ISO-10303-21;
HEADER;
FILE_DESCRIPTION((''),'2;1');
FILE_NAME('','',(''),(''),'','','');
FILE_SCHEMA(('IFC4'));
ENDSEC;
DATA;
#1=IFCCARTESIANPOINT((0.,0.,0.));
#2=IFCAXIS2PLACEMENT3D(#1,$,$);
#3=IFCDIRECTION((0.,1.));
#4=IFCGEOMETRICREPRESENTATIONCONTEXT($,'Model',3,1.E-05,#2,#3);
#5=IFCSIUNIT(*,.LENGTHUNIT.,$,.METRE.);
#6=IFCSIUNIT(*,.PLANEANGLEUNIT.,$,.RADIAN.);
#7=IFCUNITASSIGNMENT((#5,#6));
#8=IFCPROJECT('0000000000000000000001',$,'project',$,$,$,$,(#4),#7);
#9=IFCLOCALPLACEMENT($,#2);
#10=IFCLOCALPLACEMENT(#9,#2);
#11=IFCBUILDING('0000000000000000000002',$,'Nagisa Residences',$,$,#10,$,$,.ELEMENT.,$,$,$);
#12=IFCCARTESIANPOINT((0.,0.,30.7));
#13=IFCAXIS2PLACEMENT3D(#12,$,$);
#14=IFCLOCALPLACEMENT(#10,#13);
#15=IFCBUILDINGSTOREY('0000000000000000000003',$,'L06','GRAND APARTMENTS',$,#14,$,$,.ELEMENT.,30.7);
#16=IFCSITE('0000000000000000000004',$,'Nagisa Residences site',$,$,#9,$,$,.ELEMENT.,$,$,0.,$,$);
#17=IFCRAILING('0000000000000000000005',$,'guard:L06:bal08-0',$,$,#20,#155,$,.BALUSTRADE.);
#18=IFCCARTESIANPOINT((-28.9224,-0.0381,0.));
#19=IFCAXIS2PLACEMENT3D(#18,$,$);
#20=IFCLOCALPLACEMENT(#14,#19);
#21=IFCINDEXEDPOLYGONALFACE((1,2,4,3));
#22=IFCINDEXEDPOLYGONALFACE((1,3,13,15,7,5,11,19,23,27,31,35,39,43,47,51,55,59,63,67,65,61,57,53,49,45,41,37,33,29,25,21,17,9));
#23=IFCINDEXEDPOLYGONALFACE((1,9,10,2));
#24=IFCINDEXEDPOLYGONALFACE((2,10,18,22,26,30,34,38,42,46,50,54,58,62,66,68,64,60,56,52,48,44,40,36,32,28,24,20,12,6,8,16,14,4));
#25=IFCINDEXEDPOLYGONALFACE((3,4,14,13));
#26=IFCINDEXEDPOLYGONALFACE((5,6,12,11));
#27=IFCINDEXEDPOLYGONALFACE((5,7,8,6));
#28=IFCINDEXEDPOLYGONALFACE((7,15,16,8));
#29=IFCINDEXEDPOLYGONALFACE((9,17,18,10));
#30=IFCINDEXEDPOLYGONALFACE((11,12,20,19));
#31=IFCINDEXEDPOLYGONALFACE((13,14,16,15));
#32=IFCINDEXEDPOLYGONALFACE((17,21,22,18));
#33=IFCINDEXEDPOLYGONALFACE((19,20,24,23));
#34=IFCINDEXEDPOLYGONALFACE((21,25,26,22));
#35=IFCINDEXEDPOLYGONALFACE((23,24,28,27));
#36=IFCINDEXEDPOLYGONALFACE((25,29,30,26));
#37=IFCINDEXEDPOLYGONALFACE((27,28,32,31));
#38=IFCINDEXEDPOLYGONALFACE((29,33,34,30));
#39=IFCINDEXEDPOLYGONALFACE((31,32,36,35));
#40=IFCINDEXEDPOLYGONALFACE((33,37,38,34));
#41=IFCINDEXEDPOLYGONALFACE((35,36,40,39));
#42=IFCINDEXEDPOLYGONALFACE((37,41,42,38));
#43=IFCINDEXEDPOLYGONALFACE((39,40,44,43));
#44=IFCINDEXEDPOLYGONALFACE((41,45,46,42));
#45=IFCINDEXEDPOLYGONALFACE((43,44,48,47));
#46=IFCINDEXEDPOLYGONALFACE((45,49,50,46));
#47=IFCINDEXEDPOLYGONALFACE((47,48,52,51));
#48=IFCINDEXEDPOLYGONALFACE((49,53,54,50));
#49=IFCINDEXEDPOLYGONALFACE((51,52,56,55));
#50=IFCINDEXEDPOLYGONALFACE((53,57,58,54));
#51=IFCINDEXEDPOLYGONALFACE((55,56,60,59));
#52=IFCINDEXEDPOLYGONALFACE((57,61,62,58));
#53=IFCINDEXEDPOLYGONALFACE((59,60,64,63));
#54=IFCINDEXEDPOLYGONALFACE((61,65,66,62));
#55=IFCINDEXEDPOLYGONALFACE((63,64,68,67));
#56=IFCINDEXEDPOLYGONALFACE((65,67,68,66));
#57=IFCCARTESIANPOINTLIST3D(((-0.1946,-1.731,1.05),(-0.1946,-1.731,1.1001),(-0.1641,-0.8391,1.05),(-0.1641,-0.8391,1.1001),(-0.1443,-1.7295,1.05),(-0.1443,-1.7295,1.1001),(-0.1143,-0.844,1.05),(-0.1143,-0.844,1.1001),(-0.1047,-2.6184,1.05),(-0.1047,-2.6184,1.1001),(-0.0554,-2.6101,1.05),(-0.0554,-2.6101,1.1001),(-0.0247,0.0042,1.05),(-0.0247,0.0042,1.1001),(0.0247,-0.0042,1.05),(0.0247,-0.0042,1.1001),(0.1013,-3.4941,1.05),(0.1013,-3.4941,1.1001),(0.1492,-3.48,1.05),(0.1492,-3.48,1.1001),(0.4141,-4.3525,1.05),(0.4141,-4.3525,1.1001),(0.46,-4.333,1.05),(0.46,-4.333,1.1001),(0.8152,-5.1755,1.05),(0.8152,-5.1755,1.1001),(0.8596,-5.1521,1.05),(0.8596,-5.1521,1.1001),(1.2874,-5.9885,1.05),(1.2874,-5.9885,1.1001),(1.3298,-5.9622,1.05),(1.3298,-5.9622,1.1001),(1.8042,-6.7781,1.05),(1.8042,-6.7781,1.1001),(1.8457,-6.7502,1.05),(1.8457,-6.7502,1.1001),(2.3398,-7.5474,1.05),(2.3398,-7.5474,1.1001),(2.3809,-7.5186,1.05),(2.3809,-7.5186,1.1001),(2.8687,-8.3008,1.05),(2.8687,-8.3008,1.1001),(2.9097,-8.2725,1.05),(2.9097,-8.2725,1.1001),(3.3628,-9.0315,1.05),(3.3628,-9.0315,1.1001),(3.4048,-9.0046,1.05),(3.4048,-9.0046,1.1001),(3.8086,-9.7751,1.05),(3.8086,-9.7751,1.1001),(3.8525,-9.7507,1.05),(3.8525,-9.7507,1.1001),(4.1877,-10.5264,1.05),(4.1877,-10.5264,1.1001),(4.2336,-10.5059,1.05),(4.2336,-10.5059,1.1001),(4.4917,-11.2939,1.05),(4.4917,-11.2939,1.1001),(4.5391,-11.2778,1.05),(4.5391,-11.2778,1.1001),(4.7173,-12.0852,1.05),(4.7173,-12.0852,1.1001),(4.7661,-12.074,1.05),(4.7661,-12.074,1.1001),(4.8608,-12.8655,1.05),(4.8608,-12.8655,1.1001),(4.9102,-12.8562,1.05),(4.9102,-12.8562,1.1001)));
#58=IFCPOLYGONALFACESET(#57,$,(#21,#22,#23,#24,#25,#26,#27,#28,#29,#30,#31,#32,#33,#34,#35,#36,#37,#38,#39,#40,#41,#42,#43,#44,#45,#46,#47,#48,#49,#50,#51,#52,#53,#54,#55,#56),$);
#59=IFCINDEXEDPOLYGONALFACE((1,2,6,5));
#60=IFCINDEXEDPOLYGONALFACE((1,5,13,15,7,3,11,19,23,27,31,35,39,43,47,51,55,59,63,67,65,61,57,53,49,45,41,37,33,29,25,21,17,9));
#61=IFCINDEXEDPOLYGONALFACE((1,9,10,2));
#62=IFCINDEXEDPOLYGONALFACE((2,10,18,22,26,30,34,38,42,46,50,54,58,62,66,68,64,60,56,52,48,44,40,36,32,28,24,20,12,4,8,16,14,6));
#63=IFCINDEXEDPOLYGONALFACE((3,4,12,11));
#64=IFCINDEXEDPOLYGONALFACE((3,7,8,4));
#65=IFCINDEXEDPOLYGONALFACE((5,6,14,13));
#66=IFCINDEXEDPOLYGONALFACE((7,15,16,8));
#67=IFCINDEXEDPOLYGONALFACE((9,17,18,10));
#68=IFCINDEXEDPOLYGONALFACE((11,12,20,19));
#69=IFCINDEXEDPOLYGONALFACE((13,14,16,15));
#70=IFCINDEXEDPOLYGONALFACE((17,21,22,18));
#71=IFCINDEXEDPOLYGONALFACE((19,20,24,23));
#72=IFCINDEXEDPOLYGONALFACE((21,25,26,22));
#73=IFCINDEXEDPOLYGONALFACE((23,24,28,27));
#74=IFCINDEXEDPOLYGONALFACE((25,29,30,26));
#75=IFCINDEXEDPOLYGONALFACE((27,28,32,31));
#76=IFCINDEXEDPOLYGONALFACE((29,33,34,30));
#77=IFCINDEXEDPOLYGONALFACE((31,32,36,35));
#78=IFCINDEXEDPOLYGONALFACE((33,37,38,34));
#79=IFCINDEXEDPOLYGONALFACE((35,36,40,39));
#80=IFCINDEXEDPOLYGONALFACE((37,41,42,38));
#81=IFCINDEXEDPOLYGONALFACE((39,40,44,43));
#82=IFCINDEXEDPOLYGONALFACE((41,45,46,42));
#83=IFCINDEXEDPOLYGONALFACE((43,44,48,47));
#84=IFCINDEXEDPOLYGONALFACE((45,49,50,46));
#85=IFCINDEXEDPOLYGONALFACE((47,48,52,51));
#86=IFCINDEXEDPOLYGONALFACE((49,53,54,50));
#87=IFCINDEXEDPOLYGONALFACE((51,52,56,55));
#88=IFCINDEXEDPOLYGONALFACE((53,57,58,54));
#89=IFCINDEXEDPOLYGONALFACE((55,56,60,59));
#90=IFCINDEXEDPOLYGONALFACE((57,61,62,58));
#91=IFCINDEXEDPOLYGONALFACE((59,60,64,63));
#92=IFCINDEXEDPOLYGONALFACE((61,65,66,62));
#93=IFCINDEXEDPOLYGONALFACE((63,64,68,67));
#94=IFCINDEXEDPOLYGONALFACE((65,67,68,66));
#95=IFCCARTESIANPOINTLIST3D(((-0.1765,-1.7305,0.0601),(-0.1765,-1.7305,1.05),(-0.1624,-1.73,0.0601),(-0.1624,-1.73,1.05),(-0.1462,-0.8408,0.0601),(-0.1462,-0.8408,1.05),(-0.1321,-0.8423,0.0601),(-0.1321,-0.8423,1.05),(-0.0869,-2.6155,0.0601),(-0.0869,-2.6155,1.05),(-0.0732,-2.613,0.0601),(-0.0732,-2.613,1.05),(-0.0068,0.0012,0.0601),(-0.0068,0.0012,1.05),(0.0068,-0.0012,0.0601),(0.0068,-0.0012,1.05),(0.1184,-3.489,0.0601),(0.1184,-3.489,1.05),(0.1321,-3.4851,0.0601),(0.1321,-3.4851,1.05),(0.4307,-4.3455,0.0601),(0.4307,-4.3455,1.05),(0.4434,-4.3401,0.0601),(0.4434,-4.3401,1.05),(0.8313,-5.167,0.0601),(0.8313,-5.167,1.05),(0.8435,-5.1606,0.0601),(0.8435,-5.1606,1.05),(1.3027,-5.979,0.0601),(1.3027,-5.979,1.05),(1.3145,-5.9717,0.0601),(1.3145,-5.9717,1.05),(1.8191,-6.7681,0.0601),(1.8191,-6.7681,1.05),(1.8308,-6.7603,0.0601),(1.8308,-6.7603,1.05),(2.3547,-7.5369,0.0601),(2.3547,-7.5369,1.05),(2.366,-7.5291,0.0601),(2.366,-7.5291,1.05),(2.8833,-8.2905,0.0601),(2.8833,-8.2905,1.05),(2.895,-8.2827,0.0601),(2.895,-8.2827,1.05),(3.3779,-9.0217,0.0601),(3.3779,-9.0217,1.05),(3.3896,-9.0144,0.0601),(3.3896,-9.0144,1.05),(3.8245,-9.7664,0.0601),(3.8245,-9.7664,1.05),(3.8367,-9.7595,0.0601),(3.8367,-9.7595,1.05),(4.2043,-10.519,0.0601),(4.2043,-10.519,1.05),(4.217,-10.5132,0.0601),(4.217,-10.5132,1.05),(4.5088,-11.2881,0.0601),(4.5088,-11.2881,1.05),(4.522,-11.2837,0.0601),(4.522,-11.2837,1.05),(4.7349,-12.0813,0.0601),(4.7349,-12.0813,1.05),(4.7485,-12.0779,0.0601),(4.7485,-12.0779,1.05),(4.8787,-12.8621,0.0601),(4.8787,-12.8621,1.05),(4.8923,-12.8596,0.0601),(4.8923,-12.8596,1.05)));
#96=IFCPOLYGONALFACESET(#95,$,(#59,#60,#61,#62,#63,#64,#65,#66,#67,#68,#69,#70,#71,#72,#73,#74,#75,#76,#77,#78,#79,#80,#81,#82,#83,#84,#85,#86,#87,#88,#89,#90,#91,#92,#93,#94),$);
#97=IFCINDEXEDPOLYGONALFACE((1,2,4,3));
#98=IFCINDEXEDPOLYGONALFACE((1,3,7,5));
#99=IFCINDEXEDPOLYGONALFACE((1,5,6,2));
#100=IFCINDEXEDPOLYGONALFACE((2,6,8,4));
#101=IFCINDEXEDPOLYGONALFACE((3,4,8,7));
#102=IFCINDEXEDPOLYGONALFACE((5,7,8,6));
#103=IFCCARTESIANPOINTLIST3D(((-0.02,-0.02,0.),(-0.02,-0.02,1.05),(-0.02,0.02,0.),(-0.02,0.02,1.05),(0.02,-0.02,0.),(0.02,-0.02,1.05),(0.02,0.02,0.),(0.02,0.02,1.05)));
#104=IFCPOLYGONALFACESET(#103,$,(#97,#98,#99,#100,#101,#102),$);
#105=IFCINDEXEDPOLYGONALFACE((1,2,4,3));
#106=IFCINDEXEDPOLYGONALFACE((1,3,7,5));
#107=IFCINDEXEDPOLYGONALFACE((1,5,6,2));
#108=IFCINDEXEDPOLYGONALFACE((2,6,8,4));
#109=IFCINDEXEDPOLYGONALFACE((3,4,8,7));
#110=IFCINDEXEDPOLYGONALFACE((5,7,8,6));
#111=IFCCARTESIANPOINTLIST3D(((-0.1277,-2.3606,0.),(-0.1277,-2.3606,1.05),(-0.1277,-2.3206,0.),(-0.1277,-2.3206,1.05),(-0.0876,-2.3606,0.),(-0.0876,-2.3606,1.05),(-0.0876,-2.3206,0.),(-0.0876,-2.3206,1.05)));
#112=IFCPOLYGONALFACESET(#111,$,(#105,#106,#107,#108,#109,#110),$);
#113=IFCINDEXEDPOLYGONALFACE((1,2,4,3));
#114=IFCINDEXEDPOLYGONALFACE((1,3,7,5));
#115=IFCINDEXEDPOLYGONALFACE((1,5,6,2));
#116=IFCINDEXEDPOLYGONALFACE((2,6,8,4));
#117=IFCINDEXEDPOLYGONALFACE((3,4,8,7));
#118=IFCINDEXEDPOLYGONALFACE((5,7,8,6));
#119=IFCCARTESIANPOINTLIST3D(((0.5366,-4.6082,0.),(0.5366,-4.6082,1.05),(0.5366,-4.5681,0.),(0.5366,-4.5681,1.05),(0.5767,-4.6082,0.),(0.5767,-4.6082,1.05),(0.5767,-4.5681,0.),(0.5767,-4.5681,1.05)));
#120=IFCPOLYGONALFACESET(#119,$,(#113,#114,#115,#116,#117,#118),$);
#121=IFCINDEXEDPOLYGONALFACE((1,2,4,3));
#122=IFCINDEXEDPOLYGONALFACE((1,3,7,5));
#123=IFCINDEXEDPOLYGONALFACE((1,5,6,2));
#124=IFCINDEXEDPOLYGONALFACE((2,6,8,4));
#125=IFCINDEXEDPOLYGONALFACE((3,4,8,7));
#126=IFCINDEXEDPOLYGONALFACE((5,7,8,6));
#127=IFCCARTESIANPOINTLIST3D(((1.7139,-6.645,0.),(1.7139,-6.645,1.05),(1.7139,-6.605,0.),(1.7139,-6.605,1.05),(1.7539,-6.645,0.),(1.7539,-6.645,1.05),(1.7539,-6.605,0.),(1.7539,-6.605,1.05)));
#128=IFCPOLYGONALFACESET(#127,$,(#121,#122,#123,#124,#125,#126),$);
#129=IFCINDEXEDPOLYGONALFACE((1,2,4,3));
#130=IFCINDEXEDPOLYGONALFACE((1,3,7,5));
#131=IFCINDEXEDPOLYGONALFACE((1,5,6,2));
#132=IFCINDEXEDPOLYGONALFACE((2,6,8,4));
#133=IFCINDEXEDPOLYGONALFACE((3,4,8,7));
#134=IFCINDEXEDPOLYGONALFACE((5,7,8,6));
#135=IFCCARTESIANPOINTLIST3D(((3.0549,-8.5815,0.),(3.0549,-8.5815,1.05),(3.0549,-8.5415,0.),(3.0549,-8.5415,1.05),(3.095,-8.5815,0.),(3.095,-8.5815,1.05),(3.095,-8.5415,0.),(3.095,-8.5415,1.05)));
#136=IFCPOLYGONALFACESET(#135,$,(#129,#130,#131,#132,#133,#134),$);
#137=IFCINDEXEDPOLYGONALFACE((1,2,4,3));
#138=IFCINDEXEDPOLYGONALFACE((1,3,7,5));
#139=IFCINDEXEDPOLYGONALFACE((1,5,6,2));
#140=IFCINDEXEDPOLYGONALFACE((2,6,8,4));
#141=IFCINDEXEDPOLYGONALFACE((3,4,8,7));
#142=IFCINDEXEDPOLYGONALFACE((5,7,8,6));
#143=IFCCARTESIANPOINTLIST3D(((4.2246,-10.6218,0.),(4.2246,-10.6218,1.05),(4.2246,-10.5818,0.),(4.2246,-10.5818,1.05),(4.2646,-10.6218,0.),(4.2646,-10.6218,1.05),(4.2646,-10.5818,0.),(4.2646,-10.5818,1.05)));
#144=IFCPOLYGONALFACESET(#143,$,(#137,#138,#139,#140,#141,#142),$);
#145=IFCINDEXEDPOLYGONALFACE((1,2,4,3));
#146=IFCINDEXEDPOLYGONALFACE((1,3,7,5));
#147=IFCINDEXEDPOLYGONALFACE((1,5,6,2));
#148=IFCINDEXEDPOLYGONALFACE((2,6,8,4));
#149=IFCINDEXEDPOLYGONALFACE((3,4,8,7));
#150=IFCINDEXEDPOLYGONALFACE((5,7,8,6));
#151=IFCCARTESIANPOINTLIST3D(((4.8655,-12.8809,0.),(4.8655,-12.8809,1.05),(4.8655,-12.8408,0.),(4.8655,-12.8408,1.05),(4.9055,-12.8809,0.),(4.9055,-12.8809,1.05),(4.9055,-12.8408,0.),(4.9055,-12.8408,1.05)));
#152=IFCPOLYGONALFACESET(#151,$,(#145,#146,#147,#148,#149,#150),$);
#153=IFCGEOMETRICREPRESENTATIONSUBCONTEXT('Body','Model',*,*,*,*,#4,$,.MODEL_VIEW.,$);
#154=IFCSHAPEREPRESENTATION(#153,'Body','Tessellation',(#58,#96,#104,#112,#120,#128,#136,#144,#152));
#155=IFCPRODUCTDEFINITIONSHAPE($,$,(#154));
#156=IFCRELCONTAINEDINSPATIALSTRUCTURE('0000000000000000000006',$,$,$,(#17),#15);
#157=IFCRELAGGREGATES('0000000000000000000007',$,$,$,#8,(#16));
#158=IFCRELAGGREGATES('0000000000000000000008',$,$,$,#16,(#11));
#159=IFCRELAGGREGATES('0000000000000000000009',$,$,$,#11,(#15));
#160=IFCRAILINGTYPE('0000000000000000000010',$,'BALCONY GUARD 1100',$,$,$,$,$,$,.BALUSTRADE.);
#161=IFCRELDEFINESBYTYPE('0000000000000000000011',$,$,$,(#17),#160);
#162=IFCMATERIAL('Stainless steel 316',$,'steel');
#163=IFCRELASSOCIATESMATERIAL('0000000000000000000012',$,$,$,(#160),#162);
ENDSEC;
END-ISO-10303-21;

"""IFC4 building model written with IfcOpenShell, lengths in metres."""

from ifc_helpers import new_model, si_unit, direction, frame, origin, origin_2d, place, context, subcontext, project, spatial, polyline, rectangle, outline, extrude, material, type_object, element, save


model = new_model("IFC4")

# Units and contexts
model_context = context("Model", 3, precision=1e-05, world=origin(), true_north=direction((0.0, 1.0)))
body_context = subcontext(model_context, "Body", "Model", "MODEL_VIEW")
ifc_project = project(units=[si_unit("LENGTHUNIT", "METRE"), si_unit("PLANEANGLEUNIT", "RADIAN")], contexts=[model_context])

# Site, building, storey
site_placement = place(None, origin())
site = spatial("IfcSite", under=ifc_project, at=site_placement, Name="Nagisa Residences site", CompositionType="ELEMENT", RefElevation=0.0)
building_placement = place(site_placement, origin())
building = spatial("IfcBuilding", under=site, at=building_placement, Name="Nagisa Residences", CompositionType="ELEMENT")
storey_placement = place(building_placement, frame((0.0, 0.0, 30.7)))
storey = spatial("IfcBuildingStorey", under=building, at=storey_placement, Name="L06", Description="GRAND APARTMENTS", CompositionType="ELEMENT", Elevation=30.7)

# Railing
ifc_material_1 = material(Name="Stainless steel 316", Category="steel")
railing_type = type_object("IfcRailingType", Name="BALCONY GUARD 1100", PredefinedType="BALUSTRADE", material=ifc_material_1)
railing_placement = place(storey_placement, frame((-28.9224, -0.0381, 0.0)))
element("IfcRailing", 1, at=railing_placement, inside=storey, type_object=railing_type, Name="guard:L06:bal08-0", PredefinedType="BALUSTRADE", context=body_context, shape_type="SweptSolid", body=[
    extrude(outline(polyline([(-0.1143, -0.844), (0.0247, -0.0042), (-0.0247, 0.0042), (-0.1641, -0.8391), (-0.1946, -1.731), (-0.1047, -2.6184), (0.1013, -3.4941), (0.4141, -4.3525), (0.8152, -5.1755), (1.2874, -5.9885), (1.8042, -6.7781), (2.3398, -7.5474), (2.8687, -8.3008), (3.3628, -9.0315), (3.8086, -9.7751), (4.1877, -10.5264), (4.4917, -11.2939), (4.7173, -12.0852), (4.8608, -12.8655), (4.9102, -12.8562), (4.7661, -12.074), (4.5391, -11.2778), (4.2336, -10.5059), (3.8525, -9.7507), (3.4048, -9.0046), (2.9097, -8.2725), (2.3809, -7.5186), (1.8457, -6.7502), (1.3298, -5.9622), (0.8596, -5.1521), (0.46, -4.333), (0.1492, -3.48), (-0.0554, -2.6101), (-0.1443, -1.7295), (-0.1143, -0.844)])), frame((0.0, 0.0, 1.05)), (0.0, 0.0, 1.0), 0.05),
    extrude(outline(polyline([(-0.1321, -0.8423), (0.0068, -0.0012), (-0.0068, 0.0012), (-0.1462, -0.8408), (-0.1765, -1.7305), (-0.0869, -2.6155), (0.1184, -3.489), (0.4307, -4.3455), (0.8313, -5.167), (1.3027, -5.979), (1.8191, -6.7681), (2.3547, -7.5369), (2.8833, -8.2905), (3.3779, -9.0217), (3.8245, -9.7664), (4.2043, -10.519), (4.5088, -11.2881), (4.7349, -12.0813), (4.8787, -12.8621), (4.8923, -12.8596), (4.7485, -12.0779), (4.522, -11.2837), (4.217, -10.5132), (3.8367, -9.7595), (3.3896, -9.0144), (2.895, -8.2827), (2.366, -7.5291), (1.8308, -6.7603), (1.3145, -5.9717), (0.8435, -5.1606), (0.4434, -4.3401), (0.1321, -3.4851), (-0.0732, -2.613), (-0.1624, -1.73), (-0.1321, -0.8423)])), frame((0.0, 0.0, 0.0601)), (0.0, 0.0, 1.0), 0.99),
    extrude(rectangle(XDim=0.04, YDim=0.04, at=origin_2d()), origin(), (0.0, 0.0, 1.0), 1.05),
    extrude(rectangle(XDim=0.04, YDim=0.04, at=origin_2d()), frame((-0.1077, -2.3406, 0.0)), (0.0, 0.0, 1.0), 1.05),
    extrude(rectangle(XDim=0.04, YDim=0.04, at=origin_2d()), frame((0.5566, -4.5881, 0.0)), (0.0, 0.0, 1.0), 1.05),
    extrude(rectangle(XDim=0.04, YDim=0.04, at=origin_2d()), frame((1.7339, -6.625, 0.0)), (0.0, 0.0, 1.0), 1.05),
    extrude(rectangle(XDim=0.04, YDim=0.04, at=origin_2d()), frame((3.075, -8.5615, 0.0)), (0.0, 0.0, 1.0), 1.05),
    extrude(rectangle(XDim=0.04, YDim=0.04, at=origin_2d()), frame((4.2446, -10.6018, 0.0)), (0.0, 0.0, 1.0), 1.05),
    extrude(rectangle(XDim=0.04, YDim=0.04, at=origin_2d()), frame((4.8855, -12.8608, 0.0)), (0.0, 0.0, 1.0), 1.05),
])

save(model, "model.ifc")
